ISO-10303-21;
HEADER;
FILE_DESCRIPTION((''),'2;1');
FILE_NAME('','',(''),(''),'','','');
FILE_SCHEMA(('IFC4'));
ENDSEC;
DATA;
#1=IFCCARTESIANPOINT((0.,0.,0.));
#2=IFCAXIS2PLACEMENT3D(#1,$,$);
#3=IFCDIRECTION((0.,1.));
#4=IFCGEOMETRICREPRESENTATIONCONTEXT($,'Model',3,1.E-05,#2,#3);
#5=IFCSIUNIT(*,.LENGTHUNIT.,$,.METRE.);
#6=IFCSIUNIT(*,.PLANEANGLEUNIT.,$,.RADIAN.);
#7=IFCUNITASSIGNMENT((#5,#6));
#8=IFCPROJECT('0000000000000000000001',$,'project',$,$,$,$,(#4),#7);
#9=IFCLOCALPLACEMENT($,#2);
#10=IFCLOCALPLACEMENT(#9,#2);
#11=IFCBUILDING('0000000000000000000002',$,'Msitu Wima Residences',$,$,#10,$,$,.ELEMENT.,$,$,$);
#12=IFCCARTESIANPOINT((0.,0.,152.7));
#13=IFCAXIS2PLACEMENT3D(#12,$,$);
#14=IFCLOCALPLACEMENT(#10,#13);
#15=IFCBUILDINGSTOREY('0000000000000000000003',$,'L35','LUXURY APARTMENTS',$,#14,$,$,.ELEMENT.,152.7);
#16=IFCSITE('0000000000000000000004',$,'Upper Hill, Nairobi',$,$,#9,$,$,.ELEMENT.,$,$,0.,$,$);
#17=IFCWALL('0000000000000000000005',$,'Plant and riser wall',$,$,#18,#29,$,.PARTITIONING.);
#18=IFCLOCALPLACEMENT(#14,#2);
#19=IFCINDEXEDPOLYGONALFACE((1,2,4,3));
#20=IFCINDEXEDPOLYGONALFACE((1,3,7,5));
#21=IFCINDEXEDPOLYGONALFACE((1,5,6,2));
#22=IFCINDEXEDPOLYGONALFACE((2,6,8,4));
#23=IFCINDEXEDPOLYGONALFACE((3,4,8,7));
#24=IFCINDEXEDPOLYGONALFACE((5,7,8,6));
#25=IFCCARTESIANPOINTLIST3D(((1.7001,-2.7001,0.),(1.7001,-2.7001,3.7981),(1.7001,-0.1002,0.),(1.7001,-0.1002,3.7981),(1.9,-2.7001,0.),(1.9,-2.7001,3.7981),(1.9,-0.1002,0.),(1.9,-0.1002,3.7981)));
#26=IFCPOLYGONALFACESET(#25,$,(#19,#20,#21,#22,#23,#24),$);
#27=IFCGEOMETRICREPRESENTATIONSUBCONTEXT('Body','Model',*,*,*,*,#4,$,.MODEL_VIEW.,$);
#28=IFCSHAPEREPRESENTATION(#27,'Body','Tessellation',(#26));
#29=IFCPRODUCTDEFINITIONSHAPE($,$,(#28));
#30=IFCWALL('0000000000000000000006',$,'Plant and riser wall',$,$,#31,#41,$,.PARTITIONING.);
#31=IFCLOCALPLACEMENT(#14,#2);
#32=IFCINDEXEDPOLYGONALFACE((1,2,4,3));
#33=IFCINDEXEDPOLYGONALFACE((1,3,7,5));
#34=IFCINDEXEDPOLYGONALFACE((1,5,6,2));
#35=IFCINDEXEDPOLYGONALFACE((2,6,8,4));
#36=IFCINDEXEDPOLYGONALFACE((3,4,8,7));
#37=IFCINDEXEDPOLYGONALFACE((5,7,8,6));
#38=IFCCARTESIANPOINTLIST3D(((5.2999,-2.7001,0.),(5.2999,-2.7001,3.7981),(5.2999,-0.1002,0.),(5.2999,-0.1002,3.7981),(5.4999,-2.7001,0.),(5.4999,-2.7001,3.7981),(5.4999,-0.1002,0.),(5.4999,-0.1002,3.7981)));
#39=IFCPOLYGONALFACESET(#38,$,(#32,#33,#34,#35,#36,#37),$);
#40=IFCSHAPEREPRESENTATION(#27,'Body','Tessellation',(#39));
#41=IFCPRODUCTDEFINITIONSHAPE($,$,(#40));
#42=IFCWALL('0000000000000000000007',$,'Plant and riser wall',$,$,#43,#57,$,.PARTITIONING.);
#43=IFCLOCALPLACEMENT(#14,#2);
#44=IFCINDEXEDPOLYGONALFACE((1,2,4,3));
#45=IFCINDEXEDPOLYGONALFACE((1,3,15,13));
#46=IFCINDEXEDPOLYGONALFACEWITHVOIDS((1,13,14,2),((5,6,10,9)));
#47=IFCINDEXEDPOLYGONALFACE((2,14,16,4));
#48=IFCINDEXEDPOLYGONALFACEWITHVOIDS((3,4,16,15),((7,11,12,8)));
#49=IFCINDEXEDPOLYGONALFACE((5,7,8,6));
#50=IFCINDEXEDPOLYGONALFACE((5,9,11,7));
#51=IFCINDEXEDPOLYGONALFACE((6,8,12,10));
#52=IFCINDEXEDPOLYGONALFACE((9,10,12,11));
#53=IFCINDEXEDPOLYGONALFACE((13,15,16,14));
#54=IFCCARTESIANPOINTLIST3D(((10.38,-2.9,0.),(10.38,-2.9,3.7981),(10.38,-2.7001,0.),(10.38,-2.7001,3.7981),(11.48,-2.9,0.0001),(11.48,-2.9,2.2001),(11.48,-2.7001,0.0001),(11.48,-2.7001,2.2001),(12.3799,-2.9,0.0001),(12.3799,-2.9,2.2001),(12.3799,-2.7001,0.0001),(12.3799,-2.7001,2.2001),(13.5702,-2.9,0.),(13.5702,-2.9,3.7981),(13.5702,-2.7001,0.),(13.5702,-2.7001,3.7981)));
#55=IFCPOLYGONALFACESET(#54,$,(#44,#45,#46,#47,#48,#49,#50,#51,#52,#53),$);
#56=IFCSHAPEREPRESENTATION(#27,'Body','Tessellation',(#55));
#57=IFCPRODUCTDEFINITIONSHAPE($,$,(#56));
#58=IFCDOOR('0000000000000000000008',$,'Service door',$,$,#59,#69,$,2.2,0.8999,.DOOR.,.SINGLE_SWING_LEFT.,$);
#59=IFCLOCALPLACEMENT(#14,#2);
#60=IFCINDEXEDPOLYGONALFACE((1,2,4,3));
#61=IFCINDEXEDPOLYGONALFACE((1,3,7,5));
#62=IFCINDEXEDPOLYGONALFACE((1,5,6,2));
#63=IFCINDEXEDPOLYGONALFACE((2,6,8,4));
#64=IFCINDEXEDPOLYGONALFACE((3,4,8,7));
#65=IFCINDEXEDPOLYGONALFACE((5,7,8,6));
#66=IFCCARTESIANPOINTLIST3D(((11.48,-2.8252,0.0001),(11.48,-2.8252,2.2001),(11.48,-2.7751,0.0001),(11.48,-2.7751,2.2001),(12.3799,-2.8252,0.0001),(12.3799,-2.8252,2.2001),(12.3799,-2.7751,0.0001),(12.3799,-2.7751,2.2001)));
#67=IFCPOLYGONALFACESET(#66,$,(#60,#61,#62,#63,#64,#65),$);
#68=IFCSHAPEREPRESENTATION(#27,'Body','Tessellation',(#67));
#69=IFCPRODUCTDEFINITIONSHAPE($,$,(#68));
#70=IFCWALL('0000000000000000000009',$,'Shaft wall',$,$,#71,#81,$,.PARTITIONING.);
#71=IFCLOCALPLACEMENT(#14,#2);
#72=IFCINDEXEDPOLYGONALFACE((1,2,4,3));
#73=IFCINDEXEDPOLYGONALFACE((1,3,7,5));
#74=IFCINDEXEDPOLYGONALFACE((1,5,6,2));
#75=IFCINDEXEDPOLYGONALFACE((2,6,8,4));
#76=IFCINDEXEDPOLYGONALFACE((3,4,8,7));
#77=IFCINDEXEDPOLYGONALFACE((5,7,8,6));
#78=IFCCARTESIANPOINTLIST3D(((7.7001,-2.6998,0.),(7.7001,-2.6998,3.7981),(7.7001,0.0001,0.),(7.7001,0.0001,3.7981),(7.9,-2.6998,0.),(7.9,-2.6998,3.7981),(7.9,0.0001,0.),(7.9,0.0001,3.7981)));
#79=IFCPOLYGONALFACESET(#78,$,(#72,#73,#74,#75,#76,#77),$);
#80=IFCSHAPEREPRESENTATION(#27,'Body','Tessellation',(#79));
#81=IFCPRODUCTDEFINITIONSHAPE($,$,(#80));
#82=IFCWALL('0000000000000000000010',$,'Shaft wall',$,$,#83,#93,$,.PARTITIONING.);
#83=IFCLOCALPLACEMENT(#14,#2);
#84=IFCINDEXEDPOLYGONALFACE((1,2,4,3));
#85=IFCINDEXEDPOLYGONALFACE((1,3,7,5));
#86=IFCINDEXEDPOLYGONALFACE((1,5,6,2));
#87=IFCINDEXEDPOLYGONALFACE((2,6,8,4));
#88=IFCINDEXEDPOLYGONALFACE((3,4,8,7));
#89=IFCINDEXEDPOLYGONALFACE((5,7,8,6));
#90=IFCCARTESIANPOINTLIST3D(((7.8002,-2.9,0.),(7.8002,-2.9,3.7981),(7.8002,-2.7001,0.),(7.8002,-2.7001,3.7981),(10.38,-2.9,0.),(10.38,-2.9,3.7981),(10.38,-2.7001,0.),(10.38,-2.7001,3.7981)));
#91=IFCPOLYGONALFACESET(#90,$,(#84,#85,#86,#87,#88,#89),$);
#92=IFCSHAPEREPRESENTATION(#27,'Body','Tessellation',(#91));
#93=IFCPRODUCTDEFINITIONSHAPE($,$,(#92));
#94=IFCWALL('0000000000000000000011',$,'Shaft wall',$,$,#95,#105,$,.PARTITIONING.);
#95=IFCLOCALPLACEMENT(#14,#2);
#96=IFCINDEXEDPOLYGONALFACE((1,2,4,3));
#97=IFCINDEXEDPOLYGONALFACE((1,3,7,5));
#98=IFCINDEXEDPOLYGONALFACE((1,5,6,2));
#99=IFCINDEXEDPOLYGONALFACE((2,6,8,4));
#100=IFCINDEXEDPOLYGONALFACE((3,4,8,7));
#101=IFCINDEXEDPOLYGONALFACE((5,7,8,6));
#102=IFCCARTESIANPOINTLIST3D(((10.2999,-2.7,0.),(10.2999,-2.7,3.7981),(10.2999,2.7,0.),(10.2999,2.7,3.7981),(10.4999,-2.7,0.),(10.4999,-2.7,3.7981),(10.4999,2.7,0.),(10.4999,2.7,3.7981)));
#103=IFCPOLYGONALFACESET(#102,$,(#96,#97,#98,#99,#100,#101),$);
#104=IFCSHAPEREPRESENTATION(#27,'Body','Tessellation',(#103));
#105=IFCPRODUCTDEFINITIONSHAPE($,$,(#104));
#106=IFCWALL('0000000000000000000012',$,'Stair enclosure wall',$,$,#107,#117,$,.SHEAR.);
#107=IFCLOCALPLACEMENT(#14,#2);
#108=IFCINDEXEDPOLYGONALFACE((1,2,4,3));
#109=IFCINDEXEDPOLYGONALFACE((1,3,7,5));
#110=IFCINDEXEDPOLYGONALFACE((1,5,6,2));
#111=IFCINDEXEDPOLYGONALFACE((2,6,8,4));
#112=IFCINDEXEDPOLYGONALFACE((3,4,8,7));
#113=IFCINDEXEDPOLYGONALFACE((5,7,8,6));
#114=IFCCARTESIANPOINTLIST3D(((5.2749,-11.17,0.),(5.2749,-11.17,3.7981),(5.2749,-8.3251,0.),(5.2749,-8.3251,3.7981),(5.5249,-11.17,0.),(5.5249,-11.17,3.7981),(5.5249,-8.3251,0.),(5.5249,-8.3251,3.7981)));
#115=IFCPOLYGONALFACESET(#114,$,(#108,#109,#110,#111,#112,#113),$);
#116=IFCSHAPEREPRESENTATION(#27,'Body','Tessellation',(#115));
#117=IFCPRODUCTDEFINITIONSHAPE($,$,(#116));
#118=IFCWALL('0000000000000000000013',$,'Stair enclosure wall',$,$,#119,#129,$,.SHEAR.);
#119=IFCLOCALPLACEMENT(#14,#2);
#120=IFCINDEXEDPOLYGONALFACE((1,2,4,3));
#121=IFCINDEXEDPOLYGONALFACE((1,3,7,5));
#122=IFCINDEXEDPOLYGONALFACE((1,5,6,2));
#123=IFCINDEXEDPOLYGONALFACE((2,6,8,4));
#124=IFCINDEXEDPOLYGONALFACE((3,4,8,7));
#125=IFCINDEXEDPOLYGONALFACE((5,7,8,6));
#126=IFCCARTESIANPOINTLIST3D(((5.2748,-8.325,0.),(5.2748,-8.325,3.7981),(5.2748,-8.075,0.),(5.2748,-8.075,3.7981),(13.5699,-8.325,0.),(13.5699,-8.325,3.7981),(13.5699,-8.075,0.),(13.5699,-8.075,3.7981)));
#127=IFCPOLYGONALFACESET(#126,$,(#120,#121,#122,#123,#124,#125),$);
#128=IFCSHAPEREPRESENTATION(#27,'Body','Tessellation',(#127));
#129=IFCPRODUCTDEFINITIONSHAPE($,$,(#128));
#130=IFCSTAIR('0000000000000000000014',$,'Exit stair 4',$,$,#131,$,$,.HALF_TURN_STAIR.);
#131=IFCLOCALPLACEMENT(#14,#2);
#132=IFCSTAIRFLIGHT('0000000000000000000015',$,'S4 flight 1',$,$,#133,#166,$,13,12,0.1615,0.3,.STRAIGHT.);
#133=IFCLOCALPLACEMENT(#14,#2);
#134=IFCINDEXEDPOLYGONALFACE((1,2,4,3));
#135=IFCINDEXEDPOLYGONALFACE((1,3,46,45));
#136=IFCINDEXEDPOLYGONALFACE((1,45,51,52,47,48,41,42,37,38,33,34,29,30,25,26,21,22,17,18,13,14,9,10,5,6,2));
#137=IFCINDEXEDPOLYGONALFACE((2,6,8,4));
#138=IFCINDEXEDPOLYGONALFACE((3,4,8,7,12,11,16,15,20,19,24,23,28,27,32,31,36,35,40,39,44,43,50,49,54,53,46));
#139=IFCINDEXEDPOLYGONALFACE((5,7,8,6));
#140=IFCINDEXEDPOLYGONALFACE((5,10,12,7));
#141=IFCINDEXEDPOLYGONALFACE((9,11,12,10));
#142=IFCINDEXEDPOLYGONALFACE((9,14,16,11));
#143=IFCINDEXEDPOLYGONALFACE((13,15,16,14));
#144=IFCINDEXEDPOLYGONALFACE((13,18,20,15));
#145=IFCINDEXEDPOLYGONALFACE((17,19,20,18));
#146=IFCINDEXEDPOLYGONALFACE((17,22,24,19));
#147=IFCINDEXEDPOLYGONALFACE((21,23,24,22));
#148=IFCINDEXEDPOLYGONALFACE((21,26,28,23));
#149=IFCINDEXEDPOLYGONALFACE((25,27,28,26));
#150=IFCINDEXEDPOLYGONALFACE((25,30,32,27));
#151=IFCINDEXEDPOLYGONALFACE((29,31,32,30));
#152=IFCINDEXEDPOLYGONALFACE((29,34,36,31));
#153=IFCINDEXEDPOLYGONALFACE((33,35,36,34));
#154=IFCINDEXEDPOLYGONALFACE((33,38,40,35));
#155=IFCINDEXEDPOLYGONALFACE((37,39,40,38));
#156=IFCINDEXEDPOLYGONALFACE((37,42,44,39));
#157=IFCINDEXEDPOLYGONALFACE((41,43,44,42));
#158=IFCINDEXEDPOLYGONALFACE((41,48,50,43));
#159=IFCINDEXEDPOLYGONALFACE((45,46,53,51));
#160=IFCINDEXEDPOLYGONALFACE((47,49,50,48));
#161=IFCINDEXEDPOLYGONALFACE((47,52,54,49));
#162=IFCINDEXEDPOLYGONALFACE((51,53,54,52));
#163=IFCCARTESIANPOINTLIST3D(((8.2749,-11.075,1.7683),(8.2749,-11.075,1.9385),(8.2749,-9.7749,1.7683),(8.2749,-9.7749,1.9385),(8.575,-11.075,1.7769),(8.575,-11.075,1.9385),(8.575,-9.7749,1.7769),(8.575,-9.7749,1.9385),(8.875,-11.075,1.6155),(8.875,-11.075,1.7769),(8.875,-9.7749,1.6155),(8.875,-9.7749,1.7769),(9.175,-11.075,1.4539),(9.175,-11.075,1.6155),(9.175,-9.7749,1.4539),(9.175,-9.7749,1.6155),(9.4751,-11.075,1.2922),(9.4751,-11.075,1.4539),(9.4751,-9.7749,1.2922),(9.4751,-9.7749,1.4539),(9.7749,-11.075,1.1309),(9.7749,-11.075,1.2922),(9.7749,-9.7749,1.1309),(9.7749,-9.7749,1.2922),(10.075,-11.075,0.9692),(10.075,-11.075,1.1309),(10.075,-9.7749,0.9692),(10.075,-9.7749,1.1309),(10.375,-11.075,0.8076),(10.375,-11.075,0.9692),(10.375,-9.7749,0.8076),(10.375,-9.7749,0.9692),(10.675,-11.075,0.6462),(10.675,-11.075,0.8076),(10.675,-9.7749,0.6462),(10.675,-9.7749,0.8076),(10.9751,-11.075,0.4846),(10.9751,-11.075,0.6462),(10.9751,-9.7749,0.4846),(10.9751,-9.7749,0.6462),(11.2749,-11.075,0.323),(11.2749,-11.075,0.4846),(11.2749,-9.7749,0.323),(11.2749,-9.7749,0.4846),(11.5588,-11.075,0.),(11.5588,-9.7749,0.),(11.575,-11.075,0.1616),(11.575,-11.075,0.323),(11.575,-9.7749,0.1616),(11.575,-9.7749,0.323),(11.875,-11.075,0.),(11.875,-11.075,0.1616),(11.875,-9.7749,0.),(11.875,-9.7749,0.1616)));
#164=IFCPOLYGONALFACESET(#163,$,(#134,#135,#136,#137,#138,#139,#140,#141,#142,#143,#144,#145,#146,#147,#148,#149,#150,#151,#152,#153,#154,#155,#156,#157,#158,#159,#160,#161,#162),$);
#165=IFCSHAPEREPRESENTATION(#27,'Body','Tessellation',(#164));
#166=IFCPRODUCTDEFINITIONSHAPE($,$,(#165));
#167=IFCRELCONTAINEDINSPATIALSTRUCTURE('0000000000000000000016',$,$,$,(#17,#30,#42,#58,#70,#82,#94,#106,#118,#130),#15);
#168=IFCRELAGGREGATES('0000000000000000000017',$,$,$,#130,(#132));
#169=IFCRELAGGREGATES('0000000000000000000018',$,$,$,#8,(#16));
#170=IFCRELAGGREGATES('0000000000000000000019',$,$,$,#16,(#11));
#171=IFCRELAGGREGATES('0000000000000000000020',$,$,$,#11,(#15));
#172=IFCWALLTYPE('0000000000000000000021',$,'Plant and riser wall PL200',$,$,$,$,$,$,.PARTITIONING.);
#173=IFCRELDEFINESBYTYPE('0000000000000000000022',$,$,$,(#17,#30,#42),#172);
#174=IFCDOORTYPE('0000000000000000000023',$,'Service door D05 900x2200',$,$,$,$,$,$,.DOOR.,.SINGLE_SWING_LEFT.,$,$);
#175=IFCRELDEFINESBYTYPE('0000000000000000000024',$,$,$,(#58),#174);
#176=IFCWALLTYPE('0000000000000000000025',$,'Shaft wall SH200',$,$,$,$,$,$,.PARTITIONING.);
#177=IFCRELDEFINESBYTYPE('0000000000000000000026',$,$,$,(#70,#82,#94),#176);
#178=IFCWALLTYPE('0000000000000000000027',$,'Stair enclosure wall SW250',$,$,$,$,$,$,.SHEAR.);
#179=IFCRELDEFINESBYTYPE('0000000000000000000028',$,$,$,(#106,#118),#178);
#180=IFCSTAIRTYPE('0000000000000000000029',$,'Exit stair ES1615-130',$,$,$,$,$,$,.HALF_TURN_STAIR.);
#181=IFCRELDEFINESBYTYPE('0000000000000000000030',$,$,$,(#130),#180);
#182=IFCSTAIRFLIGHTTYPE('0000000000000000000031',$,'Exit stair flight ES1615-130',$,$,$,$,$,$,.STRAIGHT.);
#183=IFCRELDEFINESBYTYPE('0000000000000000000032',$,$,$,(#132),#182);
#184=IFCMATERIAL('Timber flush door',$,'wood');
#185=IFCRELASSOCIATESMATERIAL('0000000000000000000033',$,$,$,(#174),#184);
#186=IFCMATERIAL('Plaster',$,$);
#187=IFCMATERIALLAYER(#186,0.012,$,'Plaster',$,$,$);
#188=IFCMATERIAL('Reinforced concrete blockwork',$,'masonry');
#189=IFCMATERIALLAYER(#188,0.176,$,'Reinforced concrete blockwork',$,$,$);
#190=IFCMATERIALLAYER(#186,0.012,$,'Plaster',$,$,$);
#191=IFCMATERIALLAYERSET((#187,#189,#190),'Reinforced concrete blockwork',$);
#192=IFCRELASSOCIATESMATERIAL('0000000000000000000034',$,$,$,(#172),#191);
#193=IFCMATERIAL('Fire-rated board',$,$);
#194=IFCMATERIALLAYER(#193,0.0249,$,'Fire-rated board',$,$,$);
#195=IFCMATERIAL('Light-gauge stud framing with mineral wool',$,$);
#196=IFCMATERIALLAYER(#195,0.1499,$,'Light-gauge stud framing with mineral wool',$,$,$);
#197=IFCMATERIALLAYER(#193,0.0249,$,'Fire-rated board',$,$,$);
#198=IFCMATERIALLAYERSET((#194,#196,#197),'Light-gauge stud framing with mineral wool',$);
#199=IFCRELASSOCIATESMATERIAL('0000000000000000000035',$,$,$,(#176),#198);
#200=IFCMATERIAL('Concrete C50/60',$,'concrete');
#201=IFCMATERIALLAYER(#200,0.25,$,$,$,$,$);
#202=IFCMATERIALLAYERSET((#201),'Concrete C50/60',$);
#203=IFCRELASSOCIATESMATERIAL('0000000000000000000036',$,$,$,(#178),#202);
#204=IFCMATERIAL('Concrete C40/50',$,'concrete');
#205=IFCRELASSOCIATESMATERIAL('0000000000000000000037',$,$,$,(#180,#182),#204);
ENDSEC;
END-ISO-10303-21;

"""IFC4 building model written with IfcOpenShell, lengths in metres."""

from ifc_helpers import new_model, si_unit, direction, frame, frame_2d, origin, place, context, subcontext, project, spatial, polyline, rectangle, outline, extrude, material, layer, layer_set, type_object, element, fill, aggregate, save


model = new_model("IFC4")

# Units and contexts
model_context = context("Model", 3, precision=1e-05, world=origin(), true_north=direction((0.0, 1.0)))
body_context = subcontext(model_context, "Body", "Model", "MODEL_VIEW")
ifc_project = project(units=[si_unit("LENGTHUNIT", "METRE"), si_unit("PLANEANGLEUNIT", "RADIAN")], contexts=[model_context])

# Site, building, storey
site_placement = place(None, origin())
site = spatial("IfcSite", under=ifc_project, at=site_placement, Name="Upper Hill, Nairobi", CompositionType="ELEMENT", RefElevation=0.0)
building_placement = place(site_placement, origin())
building = spatial("IfcBuilding", under=site, at=building_placement, Name="Msitu Wima Residences", CompositionType="ELEMENT")
storey_placement = place(building_placement, frame((0.0, 0.0, 152.7)))
storey = spatial("IfcBuildingStorey", under=building, at=storey_placement, Name="L35", Description="LUXURY APARTMENTS", CompositionType="ELEMENT", Elevation=152.7)

# Shared definitions
ifc_material_1 = material(Name="Concrete C40/50", Category="concrete")

# Shared definitions
ifc_material_2 = material(Name="Plaster")
ifc_material_3 = material(Name="Timber flush door", Category="wood")
door_type = type_object("IfcDoorType", Name="Service door D05 900x2200", OperationType="SINGLE_SWING_LEFT", PredefinedType="DOOR", material=ifc_material_3)
ifc_layer_1 = layer(ifc_material_2, 0.012, Name="Plaster")
ifc_material_4 = material(Name="Reinforced concrete blockwork", Category="masonry")
ifc_layer_2 = layer(ifc_material_4, 0.176, Name="Reinforced concrete blockwork")
ifc_layer_3 = layer(ifc_material_2, 0.012, Name="Plaster")
ifc_layer_set_1 = layer_set([ifc_layer_1, ifc_layer_2, ifc_layer_3], Name="Reinforced concrete blockwork")
wall_type_1 = type_object("IfcWallType", Name="Plant and riser wall PL200", PredefinedType="PARTITIONING", material=ifc_layer_set_1)

# Walls
for number, where, z_axis, x_axis, name in (
    (1, (1.8, -2.7, 0.0), (0.0, 0.0, 1.0), (0.0, 1.0, 0.0), "Plant and riser wall"),
    (2, (5.3999, -2.7, 0.0), (0.0, 0.0, 1.0), (0.0, 1.0, 0.0), "Plant and riser wall"),
):
    element("IfcWall", number, at=place(storey_placement, frame(where, z_axis=z_axis, x_axis=x_axis)), inside=storey, type_object=wall_type_1, Name=name, PredefinedType="PARTITIONING", context=body_context, shape_type="SweptSolid", body=[
        extrude(rectangle(XDim=2.5999, YDim=0.2, at=frame_2d((1.2998, 0.0))), origin(), (0.0, 0.0, 1.0), 3.7981),
    ])

# Wall, opening, door
wall_1_placement = place(storey_placement, frame((10.3799, -2.8, 0.0), z_axis=(0.0, 0.0, 1.0), x_axis=(1.0, 0.0, 0.0)))
wall_1 = element("IfcWall", 3, at=wall_1_placement, inside=storey, type_object=wall_type_1, Name="Plant and riser wall", PredefinedType="PARTITIONING", context=body_context, shape_type="SweptSolid", body=[
    extrude(rectangle(XDim=3.1902, YDim=0.2, at=frame_2d((1.5952, 0.0))), origin(), (0.0, 0.0, 1.0), 3.7981),
])
opening_1_placement = place(wall_1_placement, frame((1.1001, 0.0, 0.0)))
opening_1 = element("IfcOpeningElement", 4, at=opening_1_placement, cuts=wall_1, PredefinedType="OPENING", context=body_context, shape_type="SweptSolid", body=[
    extrude(rectangle(XDim=0.8999, YDim=2.2, at=frame_2d((0.45, 1.1001))), frame((0.0, 0.1099, 0.0), z_axis=(0.0, -1.0, 0.0), x_axis=(1.0, 0.0, 0.0)), (0.0, 0.0, 1.0), 0.22),
])
door_1_placement = place(opening_1_placement, origin())
door_1 = element("IfcDoor", 5, at=door_1_placement, inside=storey, type_object=door_type, Name="Service door", OperationType="SINGLE_SWING_LEFT", OverallHeight=2.2, OverallWidth=0.8999, PredefinedType="DOOR", context=body_context, shape_type="SweptSolid", body=[
    extrude(rectangle(XDim=0.8999, YDim=2.2, at=frame_2d((0.45, 1.1001))), frame((0.0, 0.0249, 0.0), z_axis=(0.0, -1.0, 0.0), x_axis=(1.0, 0.0, 0.0)), (0.0, 0.0, 1.0), 0.05),
])
fill(opening_1, door_1)

# Walls
ifc_material_5 = material(Name="Fire-rated board")
ifc_layer_4 = layer(ifc_material_5, 0.0249, Name="Fire-rated board")
ifc_material_6 = material(Name="Light-gauge stud framing with mineral wool")
ifc_layer_5 = layer(ifc_material_6, 0.1499, Name="Light-gauge stud framing with mineral wool")
ifc_layer_6 = layer(ifc_material_5, 0.0249, Name="Fire-rated board")
ifc_layer_set_2 = layer_set([ifc_layer_4, ifc_layer_5, ifc_layer_6], Name="Light-gauge stud framing with mineral wool")
wall_type_2 = type_object("IfcWallType", Name="Shaft wall SH200", PredefinedType="PARTITIONING", material=ifc_layer_set_2)
wall_2_placement = place(storey_placement, frame((7.8, -2.7, 0.0), z_axis=(0.0, 0.0, 1.0), x_axis=(0.0, 1.0, 0.0)))
element("IfcWall", 6, at=wall_2_placement, inside=storey, type_object=wall_type_2, Name="Shaft wall", PredefinedType="PARTITIONING", context=body_context, shape_type="SweptSolid", body=[
    extrude(rectangle(XDim=2.7, YDim=0.2, at=frame_2d((1.3501, 0.0))), origin(), (0.0, 0.0, 1.0), 3.7981),
])
wall_3_placement = place(storey_placement, frame((7.8, -2.8, 0.0), z_axis=(0.0, 0.0, 1.0), x_axis=(1.0, 0.0, 0.0)))
element("IfcWall", 7, at=wall_3_placement, inside=storey, type_object=wall_type_2, Name="Shaft wall", PredefinedType="PARTITIONING", context=body_context, shape_type="SweptSolid", body=[
    extrude(rectangle(XDim=2.5798, YDim=0.2, at=frame_2d((1.29, 0.0))), origin(), (0.0, 0.0, 1.0), 3.7981),
])
wall_4_placement = place(storey_placement, frame((10.3999, -2.7, 0.0), z_axis=(0.0, 0.0, 1.0), x_axis=(0.0, 1.0, 0.0)))
element("IfcWall", 8, at=wall_4_placement, inside=storey, type_object=wall_type_2, Name="Shaft wall", PredefinedType="PARTITIONING", context=body_context, shape_type="SweptSolid", body=[
    extrude(rectangle(XDim=5.3999, YDim=0.2, at=frame_2d((2.7, 0.0))), origin(), (0.0, 0.0, 1.0), 3.7981),
])
ifc_material_7 = material(Name="Concrete C50/60", Category="concrete")
ifc_layer_7 = layer(ifc_material_7, 0.25)
ifc_layer_set_3 = layer_set([ifc_layer_7], Name="Concrete C50/60")
wall_type_3 = type_object("IfcWallType", Name="Stair enclosure wall SW250", PredefinedType="SHEAR", material=ifc_layer_set_3)
wall_5_placement = place(storey_placement, frame((5.3999, -11.1699, 0.0), z_axis=(0.0, 0.0, 1.0), x_axis=(0.0, 1.0, 0.0)))
element("IfcWall", 9, at=wall_5_placement, inside=storey, type_object=wall_type_3, Name="Stair enclosure wall", PredefinedType="SHEAR", context=body_context, shape_type="SweptSolid", body=[
    extrude(rectangle(XDim=2.845, YDim=0.25, at=frame_2d((1.4224, 0.0))), origin(), (0.0, 0.0, 1.0), 3.7981),
])
wall_6_placement = place(storey_placement, frame((5.2749, -8.2, 0.0), z_axis=(0.0, 0.0, 1.0), x_axis=(1.0, 0.0, 0.0)))
element("IfcWall", 10, at=wall_6_placement, inside=storey, type_object=wall_type_3, Name="Stair enclosure wall", PredefinedType="SHEAR", context=body_context, shape_type="SweptSolid", body=[
    extrude(rectangle(XDim=8.2952, YDim=0.25, at=frame_2d((4.1475, 0.0))), origin(), (0.0, 0.0, 1.0), 3.7981),
])

# Stair, stair flight
stair_type = type_object("IfcStairType", Name="Exit stair ES1615-130", PredefinedType="HALF_TURN_STAIR", material=ifc_material_1)
stair_placement = place(storey_placement, origin())
stair = element("IfcStair", 11, at=stair_placement, inside=storey, type_object=stair_type, Name="Exit stair 4", PredefinedType="HALF_TURN_STAIR")
stair_flight_type = type_object("IfcStairFlightType", Name="Exit stair flight ES1615-130", PredefinedType="STRAIGHT", material=ifc_material_1)
stair_flight_1_placement = place(storey_placement, frame((11.875, -10.425, 0.0), z_axis=(0.0, 0.0, 1.0), x_axis=(-1.0, 0.0, 0.0)))
stair_flight_1 = element("IfcStairFlight", 12, at=stair_flight_1_placement, type_object=stair_flight_type, Name="S4 flight 1", NumberOfRisers=13, NumberOfTreads=12, PredefinedType="STRAIGHT", RiserHeight=0.1615, TreadLength=0.3, context=body_context, shape_type="SweptSolid", body=[
    extrude(outline(polyline([(0.0, 0.0), (0.0, 0.1616), (0.3, 0.1616), (0.3, 0.323), (0.6001, 0.323), (0.6001, 0.4846), (0.8999, 0.4846), (0.8999, 0.6462), (1.2, 0.6462), (1.2, 0.8076), (1.5, 0.8076), (1.5, 0.9692), (1.8, 0.9692), (1.8, 1.1309), (2.1001, 1.1309), (2.1001, 1.2922), (2.3999, 1.2922), (2.3999, 1.4539), (2.7, 1.4539), (2.7, 1.6155), (3.0, 1.6155), (3.0, 1.7769), (3.3, 1.7769), (3.3, 1.9385), (3.6001, 1.9385), (3.6001, 2.1001), (3.6001, 1.7683), (0.3162, 0.0), (0.0, 0.0)])), frame((0.0, 0.6499, 0.0), z_axis=(0.0, -1.0, 0.0), x_axis=(1.0, 0.0, 0.0)), (0.0, 0.0, 1.0), 1.3),
])
aggregate(stair, [stair_flight_1])

save(model, "model.ifc")
